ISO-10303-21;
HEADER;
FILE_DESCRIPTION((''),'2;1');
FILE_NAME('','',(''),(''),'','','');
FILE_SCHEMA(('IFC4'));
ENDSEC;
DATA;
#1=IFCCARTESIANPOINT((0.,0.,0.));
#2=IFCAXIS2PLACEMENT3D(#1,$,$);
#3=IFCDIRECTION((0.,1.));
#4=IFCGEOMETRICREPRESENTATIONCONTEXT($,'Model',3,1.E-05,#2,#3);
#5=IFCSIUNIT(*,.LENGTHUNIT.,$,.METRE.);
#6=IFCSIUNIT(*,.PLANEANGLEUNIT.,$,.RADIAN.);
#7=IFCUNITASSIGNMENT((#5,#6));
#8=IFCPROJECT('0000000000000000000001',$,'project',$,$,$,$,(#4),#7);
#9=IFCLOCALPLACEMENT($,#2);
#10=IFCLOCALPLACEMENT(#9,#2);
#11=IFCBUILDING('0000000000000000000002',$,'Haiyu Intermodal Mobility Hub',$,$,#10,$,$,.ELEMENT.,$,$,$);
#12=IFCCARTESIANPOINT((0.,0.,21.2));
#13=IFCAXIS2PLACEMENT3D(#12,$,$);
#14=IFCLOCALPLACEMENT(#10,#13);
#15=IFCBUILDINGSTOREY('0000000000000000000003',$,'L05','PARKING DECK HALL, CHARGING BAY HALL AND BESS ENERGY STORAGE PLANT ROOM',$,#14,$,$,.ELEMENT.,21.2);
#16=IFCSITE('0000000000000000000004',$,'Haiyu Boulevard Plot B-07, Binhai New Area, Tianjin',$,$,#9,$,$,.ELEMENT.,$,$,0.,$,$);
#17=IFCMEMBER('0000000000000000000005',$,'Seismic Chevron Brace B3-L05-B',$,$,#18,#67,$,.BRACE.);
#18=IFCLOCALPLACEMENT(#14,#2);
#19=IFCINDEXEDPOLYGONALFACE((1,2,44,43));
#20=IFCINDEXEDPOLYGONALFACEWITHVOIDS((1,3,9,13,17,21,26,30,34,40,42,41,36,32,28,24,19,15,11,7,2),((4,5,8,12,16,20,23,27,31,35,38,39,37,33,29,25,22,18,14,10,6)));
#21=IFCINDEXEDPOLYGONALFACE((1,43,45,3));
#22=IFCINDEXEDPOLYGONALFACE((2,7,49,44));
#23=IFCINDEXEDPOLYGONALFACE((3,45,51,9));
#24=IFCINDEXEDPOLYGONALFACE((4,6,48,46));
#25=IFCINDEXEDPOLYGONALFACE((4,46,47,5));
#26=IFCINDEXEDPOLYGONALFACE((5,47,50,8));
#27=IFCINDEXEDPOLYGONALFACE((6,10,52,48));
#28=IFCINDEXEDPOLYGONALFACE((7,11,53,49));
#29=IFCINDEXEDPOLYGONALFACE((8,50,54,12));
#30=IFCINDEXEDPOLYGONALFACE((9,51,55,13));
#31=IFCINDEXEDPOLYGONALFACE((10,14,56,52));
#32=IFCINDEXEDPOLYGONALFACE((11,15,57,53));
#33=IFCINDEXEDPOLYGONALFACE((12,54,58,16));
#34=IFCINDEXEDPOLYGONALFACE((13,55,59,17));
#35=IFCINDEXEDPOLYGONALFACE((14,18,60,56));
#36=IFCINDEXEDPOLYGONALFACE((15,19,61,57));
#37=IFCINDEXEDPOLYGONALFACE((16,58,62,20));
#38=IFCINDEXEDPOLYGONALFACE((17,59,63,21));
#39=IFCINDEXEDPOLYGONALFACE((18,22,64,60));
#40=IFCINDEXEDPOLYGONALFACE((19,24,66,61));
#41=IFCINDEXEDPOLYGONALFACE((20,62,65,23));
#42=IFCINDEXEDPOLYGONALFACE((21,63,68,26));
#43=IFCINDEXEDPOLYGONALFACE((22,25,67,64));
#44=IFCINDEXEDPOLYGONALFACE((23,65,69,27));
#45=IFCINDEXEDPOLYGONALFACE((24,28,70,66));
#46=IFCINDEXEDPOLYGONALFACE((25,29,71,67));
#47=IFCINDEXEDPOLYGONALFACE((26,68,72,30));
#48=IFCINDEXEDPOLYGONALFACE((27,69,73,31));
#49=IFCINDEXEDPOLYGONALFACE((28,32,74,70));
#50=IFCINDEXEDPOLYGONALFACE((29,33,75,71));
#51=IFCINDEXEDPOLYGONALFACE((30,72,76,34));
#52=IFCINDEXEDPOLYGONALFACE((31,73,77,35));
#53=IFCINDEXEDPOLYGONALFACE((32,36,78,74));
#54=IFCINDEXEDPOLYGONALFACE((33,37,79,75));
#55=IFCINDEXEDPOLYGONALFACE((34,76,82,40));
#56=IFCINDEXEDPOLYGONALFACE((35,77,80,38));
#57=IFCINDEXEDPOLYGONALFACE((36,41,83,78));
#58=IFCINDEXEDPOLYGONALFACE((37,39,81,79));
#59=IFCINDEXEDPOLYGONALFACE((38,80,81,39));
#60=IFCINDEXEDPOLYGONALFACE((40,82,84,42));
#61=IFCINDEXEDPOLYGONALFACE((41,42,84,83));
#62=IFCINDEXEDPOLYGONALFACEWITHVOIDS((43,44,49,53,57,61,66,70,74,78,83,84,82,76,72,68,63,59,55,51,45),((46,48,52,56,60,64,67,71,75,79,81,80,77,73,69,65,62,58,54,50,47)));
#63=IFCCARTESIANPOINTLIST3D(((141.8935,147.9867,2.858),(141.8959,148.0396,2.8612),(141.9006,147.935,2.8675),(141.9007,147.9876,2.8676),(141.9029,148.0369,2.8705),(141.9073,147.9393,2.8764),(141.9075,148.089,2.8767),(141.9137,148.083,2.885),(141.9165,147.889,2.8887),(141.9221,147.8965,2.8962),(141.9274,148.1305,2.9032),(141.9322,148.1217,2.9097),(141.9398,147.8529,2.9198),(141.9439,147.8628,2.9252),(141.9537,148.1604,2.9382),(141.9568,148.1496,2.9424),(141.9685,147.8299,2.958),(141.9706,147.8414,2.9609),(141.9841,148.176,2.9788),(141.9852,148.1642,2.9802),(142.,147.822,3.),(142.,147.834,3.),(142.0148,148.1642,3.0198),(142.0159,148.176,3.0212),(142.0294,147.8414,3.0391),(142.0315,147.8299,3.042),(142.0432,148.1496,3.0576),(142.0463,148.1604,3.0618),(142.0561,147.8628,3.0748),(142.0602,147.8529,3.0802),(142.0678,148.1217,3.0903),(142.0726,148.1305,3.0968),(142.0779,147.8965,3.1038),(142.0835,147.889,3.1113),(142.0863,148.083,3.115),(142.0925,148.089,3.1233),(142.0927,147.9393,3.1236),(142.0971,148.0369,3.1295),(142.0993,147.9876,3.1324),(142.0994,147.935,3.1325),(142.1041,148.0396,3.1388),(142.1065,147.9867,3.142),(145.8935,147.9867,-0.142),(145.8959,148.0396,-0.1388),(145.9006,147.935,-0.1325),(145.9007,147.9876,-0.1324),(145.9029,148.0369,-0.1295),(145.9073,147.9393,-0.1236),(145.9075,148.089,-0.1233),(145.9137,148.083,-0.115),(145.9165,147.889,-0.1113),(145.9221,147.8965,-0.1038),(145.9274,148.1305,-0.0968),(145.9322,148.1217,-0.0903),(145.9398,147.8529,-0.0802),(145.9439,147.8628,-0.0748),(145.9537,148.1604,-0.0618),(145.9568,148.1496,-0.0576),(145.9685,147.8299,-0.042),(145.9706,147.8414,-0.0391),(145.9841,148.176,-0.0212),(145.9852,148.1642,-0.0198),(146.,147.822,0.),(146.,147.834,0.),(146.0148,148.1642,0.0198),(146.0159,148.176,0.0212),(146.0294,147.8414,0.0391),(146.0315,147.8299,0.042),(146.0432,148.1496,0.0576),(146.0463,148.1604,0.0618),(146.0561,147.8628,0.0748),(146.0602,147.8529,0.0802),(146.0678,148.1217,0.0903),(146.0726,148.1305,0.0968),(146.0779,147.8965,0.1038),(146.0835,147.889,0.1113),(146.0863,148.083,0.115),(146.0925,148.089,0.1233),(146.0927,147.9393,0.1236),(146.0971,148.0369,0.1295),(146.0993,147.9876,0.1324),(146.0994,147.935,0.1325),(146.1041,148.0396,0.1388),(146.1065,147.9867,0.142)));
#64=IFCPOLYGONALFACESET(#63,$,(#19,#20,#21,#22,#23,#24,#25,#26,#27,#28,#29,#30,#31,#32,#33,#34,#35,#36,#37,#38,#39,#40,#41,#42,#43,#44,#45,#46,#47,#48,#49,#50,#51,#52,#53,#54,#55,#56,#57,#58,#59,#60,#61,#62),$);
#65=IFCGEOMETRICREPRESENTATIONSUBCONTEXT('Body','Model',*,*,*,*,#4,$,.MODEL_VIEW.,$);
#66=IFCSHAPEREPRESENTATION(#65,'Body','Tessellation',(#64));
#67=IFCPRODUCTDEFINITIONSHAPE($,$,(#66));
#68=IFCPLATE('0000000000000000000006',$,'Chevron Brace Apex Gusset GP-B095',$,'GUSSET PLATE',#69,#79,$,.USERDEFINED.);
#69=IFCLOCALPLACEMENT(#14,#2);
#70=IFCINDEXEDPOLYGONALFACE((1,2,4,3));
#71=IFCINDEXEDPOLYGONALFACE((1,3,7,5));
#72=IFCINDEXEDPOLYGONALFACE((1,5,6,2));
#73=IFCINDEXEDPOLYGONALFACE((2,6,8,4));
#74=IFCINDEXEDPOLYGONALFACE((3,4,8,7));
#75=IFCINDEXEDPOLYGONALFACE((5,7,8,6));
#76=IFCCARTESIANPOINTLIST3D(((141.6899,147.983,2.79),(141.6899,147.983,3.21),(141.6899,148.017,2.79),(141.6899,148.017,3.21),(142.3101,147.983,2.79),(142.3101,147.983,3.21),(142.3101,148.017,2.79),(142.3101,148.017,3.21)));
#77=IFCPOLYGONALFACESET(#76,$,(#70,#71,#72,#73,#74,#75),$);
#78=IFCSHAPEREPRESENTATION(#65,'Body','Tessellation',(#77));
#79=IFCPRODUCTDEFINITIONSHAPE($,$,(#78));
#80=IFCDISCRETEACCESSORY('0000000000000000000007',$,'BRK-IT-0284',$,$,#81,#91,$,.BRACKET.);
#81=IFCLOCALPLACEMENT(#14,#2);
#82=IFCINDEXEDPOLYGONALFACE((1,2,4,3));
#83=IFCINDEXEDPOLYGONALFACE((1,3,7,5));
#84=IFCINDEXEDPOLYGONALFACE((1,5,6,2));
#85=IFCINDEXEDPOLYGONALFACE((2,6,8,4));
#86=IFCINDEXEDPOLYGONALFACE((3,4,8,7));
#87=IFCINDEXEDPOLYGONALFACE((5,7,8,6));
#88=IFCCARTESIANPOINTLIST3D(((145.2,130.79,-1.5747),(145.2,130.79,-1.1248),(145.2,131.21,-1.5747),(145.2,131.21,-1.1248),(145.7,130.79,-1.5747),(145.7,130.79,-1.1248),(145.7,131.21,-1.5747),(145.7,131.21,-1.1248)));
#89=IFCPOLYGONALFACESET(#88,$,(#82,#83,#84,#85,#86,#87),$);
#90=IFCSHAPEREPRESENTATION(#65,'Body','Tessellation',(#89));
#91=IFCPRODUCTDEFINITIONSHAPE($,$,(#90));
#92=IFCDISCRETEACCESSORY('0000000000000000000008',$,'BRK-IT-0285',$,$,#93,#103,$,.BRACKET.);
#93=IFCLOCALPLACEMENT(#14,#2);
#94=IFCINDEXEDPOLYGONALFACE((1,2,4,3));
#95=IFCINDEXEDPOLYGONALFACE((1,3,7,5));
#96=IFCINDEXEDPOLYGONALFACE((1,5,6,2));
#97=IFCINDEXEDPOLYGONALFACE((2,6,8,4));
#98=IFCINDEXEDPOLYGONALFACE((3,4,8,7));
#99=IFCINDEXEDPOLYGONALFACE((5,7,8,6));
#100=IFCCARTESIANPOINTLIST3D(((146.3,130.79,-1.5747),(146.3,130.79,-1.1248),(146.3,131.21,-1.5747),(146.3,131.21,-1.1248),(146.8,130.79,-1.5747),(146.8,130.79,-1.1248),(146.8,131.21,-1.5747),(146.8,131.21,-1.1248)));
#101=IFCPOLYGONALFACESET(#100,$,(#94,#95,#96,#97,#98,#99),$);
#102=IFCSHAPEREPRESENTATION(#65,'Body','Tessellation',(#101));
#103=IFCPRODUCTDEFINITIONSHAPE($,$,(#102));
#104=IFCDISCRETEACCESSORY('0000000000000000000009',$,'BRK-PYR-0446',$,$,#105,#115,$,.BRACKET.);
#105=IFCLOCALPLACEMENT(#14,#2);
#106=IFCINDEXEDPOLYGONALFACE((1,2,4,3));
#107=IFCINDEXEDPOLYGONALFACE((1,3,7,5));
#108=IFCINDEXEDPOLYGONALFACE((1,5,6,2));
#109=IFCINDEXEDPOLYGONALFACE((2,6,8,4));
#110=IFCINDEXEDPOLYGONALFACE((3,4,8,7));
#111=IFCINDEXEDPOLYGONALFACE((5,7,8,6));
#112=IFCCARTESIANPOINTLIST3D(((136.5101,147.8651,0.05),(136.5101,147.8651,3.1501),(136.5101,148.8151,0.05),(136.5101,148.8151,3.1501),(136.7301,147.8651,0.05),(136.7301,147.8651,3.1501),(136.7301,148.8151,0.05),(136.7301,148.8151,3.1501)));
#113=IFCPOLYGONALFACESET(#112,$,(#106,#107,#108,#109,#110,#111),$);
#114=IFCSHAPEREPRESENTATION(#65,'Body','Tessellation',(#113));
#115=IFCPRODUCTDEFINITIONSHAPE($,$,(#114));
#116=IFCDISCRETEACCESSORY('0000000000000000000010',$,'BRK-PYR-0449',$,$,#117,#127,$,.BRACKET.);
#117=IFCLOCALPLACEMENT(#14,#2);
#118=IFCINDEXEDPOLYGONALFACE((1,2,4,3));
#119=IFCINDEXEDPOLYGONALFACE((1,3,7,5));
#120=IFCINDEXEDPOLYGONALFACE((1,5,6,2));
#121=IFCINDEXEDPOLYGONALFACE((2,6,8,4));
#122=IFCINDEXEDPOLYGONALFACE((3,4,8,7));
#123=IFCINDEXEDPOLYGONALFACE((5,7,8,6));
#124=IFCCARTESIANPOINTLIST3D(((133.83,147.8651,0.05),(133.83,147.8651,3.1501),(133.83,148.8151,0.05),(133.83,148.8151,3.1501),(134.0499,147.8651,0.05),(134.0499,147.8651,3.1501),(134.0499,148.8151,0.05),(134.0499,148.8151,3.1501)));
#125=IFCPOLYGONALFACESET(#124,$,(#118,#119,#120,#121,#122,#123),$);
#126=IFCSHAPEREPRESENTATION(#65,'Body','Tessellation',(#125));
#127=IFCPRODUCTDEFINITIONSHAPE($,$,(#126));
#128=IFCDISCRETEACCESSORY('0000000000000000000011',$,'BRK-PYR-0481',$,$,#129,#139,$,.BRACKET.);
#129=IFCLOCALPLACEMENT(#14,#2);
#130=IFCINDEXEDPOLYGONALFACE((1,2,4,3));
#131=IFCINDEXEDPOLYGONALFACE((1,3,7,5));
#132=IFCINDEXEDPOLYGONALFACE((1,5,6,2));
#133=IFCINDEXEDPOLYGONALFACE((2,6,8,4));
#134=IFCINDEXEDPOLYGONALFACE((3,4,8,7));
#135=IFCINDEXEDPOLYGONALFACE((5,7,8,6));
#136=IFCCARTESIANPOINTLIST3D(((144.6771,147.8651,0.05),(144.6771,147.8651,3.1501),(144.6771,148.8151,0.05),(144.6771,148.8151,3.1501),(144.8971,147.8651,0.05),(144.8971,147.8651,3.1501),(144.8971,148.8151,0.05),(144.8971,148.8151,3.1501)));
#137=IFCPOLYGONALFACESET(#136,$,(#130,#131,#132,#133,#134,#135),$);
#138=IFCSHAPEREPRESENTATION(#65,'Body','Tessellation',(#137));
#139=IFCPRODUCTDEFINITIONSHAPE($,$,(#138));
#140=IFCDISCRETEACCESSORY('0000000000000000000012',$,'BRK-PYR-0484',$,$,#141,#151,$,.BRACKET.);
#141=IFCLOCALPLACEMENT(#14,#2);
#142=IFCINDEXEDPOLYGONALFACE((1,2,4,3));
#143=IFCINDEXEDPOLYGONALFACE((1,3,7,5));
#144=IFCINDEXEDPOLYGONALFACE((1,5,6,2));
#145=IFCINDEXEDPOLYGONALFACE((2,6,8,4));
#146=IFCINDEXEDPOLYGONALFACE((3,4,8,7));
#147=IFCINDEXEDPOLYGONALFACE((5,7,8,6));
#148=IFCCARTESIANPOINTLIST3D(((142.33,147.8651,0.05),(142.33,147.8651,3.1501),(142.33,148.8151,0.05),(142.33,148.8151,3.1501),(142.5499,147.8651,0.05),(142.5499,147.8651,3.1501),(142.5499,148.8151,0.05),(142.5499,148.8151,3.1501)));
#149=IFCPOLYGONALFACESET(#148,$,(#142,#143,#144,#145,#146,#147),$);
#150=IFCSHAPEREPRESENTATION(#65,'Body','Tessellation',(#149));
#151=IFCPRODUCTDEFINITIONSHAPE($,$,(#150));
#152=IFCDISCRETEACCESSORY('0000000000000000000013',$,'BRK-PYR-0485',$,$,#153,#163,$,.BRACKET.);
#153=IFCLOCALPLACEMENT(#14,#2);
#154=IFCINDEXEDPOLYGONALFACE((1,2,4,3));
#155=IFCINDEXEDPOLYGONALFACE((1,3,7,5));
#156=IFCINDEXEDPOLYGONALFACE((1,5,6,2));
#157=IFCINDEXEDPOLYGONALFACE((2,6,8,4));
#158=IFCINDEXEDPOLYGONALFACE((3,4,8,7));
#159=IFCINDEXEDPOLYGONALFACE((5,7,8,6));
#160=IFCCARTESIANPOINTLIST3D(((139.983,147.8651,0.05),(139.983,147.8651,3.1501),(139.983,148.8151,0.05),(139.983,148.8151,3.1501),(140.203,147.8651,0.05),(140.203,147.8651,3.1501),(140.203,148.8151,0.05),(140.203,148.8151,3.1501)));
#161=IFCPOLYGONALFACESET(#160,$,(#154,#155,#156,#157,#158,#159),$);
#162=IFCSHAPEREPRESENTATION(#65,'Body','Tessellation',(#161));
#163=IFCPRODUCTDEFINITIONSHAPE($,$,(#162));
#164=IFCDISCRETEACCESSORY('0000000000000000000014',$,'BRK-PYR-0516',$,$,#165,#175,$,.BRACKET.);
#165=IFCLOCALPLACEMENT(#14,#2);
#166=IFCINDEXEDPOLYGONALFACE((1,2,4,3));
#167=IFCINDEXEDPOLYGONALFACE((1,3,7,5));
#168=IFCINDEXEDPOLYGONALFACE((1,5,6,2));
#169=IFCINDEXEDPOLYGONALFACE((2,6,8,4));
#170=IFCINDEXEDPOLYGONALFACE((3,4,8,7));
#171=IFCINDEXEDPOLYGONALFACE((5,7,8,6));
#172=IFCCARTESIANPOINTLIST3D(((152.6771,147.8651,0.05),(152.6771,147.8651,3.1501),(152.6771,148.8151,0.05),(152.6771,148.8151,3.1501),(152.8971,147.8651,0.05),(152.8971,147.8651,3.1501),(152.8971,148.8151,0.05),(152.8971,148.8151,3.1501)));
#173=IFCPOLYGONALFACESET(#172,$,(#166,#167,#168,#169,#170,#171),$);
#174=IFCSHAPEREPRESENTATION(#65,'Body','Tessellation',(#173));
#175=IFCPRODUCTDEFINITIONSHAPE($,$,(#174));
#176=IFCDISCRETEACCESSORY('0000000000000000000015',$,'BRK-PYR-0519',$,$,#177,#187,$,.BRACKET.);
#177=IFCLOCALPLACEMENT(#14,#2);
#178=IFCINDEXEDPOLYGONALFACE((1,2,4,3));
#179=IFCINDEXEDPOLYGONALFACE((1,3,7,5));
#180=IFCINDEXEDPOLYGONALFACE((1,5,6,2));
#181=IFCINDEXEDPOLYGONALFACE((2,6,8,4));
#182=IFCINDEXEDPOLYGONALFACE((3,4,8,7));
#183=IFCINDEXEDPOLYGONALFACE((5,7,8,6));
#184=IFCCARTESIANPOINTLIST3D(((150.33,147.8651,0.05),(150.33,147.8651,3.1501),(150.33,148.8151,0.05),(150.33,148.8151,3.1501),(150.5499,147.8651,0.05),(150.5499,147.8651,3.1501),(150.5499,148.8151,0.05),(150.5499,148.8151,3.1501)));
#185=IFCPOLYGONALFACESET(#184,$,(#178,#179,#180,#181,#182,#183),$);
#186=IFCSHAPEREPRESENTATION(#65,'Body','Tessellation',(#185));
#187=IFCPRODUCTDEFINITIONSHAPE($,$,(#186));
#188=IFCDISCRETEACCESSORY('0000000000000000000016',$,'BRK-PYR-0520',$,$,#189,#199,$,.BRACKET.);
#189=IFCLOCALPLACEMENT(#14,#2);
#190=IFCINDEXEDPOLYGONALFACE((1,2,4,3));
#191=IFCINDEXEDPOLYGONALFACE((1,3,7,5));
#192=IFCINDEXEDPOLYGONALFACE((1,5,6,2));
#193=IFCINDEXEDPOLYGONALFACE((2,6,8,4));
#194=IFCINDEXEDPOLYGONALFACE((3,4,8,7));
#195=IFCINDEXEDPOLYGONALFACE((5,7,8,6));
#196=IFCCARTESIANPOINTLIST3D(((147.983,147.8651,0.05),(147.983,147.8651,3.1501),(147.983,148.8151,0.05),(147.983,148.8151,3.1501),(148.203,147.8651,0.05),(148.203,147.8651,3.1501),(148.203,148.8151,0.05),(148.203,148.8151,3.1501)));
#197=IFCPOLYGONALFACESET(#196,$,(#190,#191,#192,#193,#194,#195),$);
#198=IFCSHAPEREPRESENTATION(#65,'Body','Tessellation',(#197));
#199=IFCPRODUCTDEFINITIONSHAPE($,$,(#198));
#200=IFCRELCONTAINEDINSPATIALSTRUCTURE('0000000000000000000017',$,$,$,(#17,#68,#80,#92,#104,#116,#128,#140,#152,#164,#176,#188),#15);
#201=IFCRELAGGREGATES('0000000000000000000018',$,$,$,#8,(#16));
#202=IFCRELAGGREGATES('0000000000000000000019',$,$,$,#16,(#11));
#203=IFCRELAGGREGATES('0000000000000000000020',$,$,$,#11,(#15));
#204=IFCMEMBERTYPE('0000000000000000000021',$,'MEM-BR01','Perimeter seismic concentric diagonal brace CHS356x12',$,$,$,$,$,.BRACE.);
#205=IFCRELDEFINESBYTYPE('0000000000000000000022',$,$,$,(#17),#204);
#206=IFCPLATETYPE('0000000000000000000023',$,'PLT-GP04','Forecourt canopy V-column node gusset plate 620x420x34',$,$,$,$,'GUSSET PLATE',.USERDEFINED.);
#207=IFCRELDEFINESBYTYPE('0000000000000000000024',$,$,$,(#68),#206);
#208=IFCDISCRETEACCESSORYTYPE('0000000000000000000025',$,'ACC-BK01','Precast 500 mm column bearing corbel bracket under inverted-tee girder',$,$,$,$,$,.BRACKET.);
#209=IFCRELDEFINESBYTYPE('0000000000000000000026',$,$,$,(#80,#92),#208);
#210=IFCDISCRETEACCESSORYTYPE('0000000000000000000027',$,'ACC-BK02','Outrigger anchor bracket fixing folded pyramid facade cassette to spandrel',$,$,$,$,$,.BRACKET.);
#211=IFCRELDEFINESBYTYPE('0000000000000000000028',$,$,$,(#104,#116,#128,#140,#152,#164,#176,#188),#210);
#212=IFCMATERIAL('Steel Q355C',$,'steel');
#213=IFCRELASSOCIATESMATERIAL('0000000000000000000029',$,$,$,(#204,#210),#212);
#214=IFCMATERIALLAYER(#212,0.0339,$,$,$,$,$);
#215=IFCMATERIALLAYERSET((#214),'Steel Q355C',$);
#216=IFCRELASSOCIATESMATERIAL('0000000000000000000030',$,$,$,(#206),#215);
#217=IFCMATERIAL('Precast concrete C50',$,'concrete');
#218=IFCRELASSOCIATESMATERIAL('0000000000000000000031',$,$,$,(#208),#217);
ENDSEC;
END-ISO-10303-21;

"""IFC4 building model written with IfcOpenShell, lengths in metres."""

from ifc_helpers import new_model, si_unit, direction, frame, origin, origin_2d, place, context, subcontext, project, spatial, rectangle, hollow_circle, extrude, material, layer, layer_set, material_profile, profile_set, type_object, element, save


model = new_model("IFC4")

# Units and contexts
model_context = context("Model", 3, precision=1e-05, world=origin(), true_north=direction((0.0, 1.0)))
body_context = subcontext(model_context, "Body", "Model", "MODEL_VIEW")
ifc_project = project(units=[si_unit("LENGTHUNIT", "METRE"), si_unit("PLANEANGLEUNIT", "RADIAN")], contexts=[model_context])

# Site, building, storey
site_placement = place(None, origin())
site = spatial("IfcSite", under=ifc_project, at=site_placement, Name="Haiyu Boulevard Plot B-07, Binhai New Area, Tianjin", CompositionType="ELEMENT", RefElevation=0.0)
building_placement = place(site_placement, origin())
building = spatial("IfcBuilding", under=site, at=building_placement, Name="Haiyu Intermodal Mobility Hub", CompositionType="ELEMENT")
storey_placement = place(building_placement, frame((0.0, 0.0, 21.2)))
storey = spatial("IfcBuildingStorey", under=building, at=storey_placement, Name="L05", Description="PARKING DECK HALL, CHARGING BAY HALL AND BESS ENERGY STORAGE PLANT ROOM", CompositionType="ELEMENT", Elevation=21.2)

# Shared definitions
ifc_material_1 = material(Name="Precast concrete C50", Category="concrete")

# Member
ifc_material_2 = material(Name="Steel Q355C", Category="steel")
ifc_material_profile_1 = material_profile(ifc_material_2, hollow_circle(Radius=0.178, WallThickness=0.012, at=origin_2d()), Name="CHS356x12")
ifc_profile_set_1 = profile_set([ifc_material_profile_1], Name="Steel Q355C")
member_type = type_object("IfcMemberType", Name="MEM-BR01", Description="Perimeter seismic concentric diagonal brace CHS356x12", PredefinedType="BRACE", material=ifc_profile_set_1)
for number, where, z_axis, x_axis, name in (
    (1, (146.0, 148.0, 0.0), (-0.8, 0.0, 0.6), (0.0, -1.0, 0.0), "Seismic Chevron Brace B3-L05-B"),
):
    element("IfcMember", number, at=place(storey_placement, frame(where, z_axis=z_axis, x_axis=x_axis)), inside=storey, type_object=member_type, Name=name, PredefinedType="BRACE", context=body_context, shape_type="SweptSolid", body=[
        extrude(hollow_circle(Radius=0.178, WallThickness=0.012, at=origin_2d()), origin(), (0.0, 0.0, 1.0), 5.0),
    ])

# Plate
ifc_layer = layer(ifc_material_2, 0.0339)
ifc_layer_set = layer_set([ifc_layer], Name="Steel Q355C")
plate_type = type_object("IfcPlateType", Name="PLT-GP04", Description="Forecourt canopy V-column node gusset plate 620x420x34", ElementType="GUSSET PLATE", PredefinedType="USERDEFINED", material=ifc_layer_set)
plate_placement = place(storey_placement, frame((142.0, 148.0, 2.79), z_axis=(0.0, 0.0, 1.0), x_axis=(1.0, 0.0, 0.0)))
element("IfcPlate", 2, at=plate_placement, inside=storey, type_object=plate_type, Name="Chevron Brace Apex Gusset GP-B095", ObjectType="GUSSET PLATE", PredefinedType="USERDEFINED", context=body_context, shape_type="SweptSolid", body=[
    extrude(rectangle(XDim=0.6201, YDim=0.0339, at=origin_2d()), origin(), (0.0, 0.0, 1.0), 0.4199),
])

# Discrete accessories
discrete_accessory_type_1 = type_object("IfcDiscreteAccessoryType", Name="ACC-BK01", Description="Precast 500 mm column bearing corbel bracket under inverted-tee girder", PredefinedType="BRACKET", material=ifc_material_1)
for number, where, z_axis, x_axis, name in (
    (3, (145.45, 131.0, -1.5747), (0.0, 0.0, 1.0), (1.0, 0.0, 0.0), "BRK-IT-0284"),
    (4, (146.55, 131.0, -1.5747), (0.0, 0.0, 1.0), (1.0, 0.0, 0.0), "BRK-IT-0285"),
):
    element("IfcDiscreteAccessory", number, at=place(storey_placement, frame(where, z_axis=z_axis, x_axis=x_axis)), inside=storey, type_object=discrete_accessory_type_1, Name=name, PredefinedType="BRACKET", context=body_context, shape_type="SweptSolid", body=[
        extrude(rectangle(XDim=0.5, YDim=0.4199, at=origin_2d()), origin(), (0.0, 0.0, 1.0), 0.45),
    ])
discrete_accessory_type_2 = type_object("IfcDiscreteAccessoryType", Name="ACC-BK02", Description="Outrigger anchor bracket fixing folded pyramid facade cassette to spandrel", PredefinedType="BRACKET", material=ifc_material_2)
for number, where, z_axis, x_axis, name in (
    (5, (136.6201, 148.3401, 0.05), (0.0, 0.0, 1.0), (1.0, 0.0, 0.0), "BRK-PYR-0446"),
    (6, (133.9399, 148.3401, 0.05), (0.0, 0.0, 1.0), (1.0, 0.0, 0.0), "BRK-PYR-0449"),
    (7, (144.7871, 148.3401, 0.05), (0.0, 0.0, 1.0), (1.0, 0.0, 0.0), "BRK-PYR-0481"),
    (8, (142.4399, 148.3401, 0.05), (0.0, 0.0, 1.0), (1.0, 0.0, 0.0), "BRK-PYR-0484"),
    (9, (140.093, 148.3401, 0.05), (0.0, 0.0, 1.0), (1.0, 0.0, 0.0), "BRK-PYR-0485"),
    (10, (152.7871, 148.3401, 0.05), (0.0, 0.0, 1.0), (1.0, 0.0, 0.0), "BRK-PYR-0516"),
    (11, (150.4399, 148.3401, 0.05), (0.0, 0.0, 1.0), (1.0, 0.0, 0.0), "BRK-PYR-0519"),
    (12, (148.093, 148.3401, 0.05), (0.0, 0.0, 1.0), (1.0, 0.0, 0.0), "BRK-PYR-0520"),
):
    element("IfcDiscreteAccessory", number, at=place(storey_placement, frame(where, z_axis=z_axis, x_axis=x_axis)), inside=storey, type_object=discrete_accessory_type_2, Name=name, PredefinedType="BRACKET", context=body_context, shape_type="SweptSolid", body=[
        extrude(rectangle(XDim=0.22, YDim=0.95, at=origin_2d()), origin(), (0.0, 0.0, 1.0), 3.1001),
    ])

save(model, "model.ifc")
